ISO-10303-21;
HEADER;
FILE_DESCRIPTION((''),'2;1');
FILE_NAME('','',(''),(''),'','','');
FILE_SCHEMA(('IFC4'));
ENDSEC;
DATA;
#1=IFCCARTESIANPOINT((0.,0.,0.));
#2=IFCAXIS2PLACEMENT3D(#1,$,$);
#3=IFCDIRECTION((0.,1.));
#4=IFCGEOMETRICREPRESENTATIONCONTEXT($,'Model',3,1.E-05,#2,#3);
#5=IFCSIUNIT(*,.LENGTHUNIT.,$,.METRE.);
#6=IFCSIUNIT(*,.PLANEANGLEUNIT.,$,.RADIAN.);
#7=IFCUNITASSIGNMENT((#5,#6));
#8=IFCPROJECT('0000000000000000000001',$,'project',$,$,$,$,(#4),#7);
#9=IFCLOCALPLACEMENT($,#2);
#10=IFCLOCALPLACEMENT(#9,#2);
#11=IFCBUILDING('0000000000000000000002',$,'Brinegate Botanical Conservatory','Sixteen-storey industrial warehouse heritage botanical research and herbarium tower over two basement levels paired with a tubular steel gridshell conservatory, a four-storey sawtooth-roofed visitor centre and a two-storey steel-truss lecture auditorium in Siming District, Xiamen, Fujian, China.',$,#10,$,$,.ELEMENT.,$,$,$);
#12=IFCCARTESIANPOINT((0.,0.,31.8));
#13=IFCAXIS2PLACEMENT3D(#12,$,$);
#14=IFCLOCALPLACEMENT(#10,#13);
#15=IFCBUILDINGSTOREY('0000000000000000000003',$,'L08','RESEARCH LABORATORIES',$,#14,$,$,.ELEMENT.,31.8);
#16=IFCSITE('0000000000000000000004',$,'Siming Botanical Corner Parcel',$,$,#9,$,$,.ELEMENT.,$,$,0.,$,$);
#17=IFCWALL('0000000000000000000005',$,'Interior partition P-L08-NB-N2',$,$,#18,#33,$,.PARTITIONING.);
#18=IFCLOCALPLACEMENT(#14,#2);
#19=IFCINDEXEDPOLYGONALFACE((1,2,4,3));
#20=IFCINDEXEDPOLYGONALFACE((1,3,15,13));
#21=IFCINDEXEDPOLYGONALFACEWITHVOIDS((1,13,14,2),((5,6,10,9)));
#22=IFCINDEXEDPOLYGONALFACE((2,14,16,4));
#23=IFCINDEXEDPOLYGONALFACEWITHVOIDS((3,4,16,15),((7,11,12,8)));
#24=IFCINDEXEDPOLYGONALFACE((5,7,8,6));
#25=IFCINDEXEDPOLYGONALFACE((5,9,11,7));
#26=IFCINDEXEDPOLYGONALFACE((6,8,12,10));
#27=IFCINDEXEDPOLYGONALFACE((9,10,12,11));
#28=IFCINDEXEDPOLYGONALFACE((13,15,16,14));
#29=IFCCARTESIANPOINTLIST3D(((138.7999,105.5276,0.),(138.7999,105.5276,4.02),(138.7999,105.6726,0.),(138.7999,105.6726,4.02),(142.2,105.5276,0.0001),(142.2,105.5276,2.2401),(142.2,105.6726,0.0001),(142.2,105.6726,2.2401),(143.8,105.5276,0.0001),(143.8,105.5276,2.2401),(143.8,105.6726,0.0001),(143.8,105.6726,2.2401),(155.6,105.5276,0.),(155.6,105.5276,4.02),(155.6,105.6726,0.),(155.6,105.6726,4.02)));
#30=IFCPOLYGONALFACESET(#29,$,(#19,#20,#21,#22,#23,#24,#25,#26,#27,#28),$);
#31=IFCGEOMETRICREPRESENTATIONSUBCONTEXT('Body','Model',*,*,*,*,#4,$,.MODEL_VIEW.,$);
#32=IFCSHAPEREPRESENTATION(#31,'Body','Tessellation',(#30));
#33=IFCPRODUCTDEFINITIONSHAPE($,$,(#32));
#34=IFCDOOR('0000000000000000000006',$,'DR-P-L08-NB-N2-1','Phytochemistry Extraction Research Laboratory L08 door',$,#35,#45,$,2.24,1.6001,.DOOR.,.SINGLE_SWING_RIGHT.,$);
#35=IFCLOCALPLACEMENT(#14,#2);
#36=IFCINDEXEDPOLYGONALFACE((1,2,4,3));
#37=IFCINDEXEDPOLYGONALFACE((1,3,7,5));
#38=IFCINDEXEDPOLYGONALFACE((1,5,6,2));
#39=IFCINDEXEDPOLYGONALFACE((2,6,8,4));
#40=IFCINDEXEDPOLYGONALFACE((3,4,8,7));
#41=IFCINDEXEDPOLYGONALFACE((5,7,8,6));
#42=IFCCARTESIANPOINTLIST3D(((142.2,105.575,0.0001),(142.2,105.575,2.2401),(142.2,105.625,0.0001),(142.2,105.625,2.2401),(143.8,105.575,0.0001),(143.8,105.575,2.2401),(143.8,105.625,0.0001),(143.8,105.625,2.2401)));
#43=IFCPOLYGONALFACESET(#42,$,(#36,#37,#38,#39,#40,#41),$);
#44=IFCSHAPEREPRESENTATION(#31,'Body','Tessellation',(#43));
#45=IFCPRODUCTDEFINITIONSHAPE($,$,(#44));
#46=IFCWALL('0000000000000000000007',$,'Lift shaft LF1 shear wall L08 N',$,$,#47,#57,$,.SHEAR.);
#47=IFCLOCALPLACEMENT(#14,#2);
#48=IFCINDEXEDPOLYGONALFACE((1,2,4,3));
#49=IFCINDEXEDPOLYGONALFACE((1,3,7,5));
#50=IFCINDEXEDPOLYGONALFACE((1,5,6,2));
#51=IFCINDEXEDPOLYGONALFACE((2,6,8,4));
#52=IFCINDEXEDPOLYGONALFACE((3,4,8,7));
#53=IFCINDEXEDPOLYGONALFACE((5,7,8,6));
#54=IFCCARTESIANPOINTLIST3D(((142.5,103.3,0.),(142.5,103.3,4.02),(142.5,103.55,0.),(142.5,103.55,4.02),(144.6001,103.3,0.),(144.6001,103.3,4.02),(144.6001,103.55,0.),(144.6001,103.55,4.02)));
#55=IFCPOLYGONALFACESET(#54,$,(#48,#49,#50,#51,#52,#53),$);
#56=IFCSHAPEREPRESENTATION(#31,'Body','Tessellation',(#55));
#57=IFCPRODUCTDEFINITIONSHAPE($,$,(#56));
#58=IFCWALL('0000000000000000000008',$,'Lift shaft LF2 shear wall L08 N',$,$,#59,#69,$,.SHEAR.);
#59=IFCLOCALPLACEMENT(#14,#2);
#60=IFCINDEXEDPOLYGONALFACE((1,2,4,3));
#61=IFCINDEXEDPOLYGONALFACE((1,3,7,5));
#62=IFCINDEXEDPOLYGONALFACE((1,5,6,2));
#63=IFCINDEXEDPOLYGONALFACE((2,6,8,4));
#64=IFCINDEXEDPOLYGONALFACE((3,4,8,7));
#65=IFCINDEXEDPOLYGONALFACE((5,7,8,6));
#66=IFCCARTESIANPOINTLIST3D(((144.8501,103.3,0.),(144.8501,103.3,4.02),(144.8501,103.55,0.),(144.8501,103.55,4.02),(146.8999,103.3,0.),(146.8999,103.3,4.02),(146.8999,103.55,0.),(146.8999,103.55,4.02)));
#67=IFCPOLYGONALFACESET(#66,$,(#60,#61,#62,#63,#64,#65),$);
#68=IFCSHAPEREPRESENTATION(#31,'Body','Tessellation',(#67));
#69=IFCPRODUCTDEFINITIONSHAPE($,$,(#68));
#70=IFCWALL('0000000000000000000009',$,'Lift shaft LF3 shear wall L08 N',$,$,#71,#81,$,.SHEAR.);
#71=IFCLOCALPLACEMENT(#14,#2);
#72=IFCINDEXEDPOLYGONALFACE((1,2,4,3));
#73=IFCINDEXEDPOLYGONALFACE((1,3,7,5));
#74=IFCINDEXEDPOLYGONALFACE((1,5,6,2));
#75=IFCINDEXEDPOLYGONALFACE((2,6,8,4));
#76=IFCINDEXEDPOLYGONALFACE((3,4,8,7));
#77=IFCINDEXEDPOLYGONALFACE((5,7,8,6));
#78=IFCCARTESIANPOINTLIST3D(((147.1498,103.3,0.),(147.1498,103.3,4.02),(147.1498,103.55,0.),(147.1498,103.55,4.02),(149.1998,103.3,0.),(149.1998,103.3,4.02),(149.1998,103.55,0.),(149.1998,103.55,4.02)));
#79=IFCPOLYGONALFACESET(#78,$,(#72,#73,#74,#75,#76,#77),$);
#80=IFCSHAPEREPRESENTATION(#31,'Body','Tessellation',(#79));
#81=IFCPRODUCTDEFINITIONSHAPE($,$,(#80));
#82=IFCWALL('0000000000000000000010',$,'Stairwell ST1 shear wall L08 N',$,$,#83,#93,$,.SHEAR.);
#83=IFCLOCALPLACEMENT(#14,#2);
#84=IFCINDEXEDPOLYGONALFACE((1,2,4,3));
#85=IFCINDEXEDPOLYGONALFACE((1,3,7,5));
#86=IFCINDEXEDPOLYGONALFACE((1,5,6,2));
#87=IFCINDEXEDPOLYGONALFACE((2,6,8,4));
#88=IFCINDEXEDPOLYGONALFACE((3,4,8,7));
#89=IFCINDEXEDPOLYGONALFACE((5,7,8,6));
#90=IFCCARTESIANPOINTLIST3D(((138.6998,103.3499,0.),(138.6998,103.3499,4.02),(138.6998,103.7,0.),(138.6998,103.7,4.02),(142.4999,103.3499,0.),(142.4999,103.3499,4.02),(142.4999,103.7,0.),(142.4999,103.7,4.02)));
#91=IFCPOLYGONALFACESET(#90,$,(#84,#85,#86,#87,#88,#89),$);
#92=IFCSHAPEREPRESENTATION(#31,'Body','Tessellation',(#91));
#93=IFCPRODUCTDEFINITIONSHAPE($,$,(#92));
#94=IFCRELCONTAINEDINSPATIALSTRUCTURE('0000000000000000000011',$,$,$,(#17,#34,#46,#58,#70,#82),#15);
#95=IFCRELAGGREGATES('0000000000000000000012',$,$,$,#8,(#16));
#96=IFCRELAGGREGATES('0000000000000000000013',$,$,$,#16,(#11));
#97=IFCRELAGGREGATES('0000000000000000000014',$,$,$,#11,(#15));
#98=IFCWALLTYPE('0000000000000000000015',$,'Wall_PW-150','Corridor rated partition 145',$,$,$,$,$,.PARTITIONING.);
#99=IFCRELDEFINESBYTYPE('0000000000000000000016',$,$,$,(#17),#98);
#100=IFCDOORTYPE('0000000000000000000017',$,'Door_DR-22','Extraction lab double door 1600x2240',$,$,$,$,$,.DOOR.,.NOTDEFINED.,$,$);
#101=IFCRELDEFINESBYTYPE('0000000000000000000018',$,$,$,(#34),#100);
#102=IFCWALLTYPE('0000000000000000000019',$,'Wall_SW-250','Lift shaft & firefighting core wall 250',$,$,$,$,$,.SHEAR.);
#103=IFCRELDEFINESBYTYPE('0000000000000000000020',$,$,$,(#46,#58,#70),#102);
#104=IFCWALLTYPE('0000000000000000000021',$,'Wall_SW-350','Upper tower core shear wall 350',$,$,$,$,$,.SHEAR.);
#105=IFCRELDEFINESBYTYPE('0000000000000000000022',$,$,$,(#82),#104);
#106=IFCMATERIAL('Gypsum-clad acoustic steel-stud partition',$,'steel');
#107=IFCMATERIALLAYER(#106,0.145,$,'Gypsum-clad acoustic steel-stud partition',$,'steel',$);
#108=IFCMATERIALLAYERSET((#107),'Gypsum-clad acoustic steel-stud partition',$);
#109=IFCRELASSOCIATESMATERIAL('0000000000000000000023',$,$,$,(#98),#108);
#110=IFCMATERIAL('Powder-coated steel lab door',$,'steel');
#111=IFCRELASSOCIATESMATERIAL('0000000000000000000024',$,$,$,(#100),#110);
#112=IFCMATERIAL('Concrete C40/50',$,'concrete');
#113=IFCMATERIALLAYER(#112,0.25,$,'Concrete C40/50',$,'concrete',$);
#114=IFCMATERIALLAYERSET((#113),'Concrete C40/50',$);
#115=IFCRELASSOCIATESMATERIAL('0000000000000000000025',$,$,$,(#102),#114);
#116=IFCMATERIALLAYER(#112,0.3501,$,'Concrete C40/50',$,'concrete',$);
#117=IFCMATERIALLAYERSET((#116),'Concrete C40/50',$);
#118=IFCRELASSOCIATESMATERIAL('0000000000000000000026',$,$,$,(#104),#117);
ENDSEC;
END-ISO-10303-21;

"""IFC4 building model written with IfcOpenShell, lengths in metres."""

from ifc_helpers import new_model, si_unit, direction, frame, frame_2d, origin, place, context, subcontext, project, spatial, rectangle, extrude, material, layer, layer_set, type_object, element, fill, save


model = new_model("IFC4")

# Units and contexts
model_context = context("Model", 3, precision=1e-05, world=origin(), true_north=direction((0.0, 1.0)))
body_context = subcontext(model_context, "Body", "Model", "MODEL_VIEW")
ifc_project = project(units=[si_unit("LENGTHUNIT", "METRE"), si_unit("PLANEANGLEUNIT", "RADIAN")], contexts=[model_context])

# Site, building, storey
site_placement = place(None, origin())
site = spatial("IfcSite", under=ifc_project, at=site_placement, Name="Siming Botanical Corner Parcel", CompositionType="ELEMENT", RefElevation=0.0)
building_placement = place(site_placement, origin())
building = spatial("IfcBuilding", under=site, at=building_placement, Name="Brinegate Botanical Conservatory", Description="Sixteen-storey industrial warehouse heritage botanical research and herbarium tower over two basement levels paired with a tubular steel gridshell conservatory, a four-storey sawtooth-roofed visitor centre and a two-storey steel-truss lecture auditorium in Siming District, Xiamen, Fujian, China.", CompositionType="ELEMENT")
storey_placement = place(building_placement, frame((0.0, 0.0, 31.8)))
storey = spatial("IfcBuildingStorey", under=building, at=storey_placement, Name="L08", Description="RESEARCH LABORATORIES", CompositionType="ELEMENT", Elevation=31.8)

# Shared definitions
ifc_material_1 = material(Name="Concrete C40/50", Category="concrete")

# Wall, opening, door
ifc_material_2 = material(Name="Gypsum-clad acoustic steel-stud partition", Category="steel")
ifc_layer_1 = layer(ifc_material_2, 0.145, Name="Gypsum-clad acoustic steel-stud partition", Category="steel")
ifc_layer_set_1 = layer_set([ifc_layer_1], Name="Gypsum-clad acoustic steel-stud partition")
wall_type_1 = type_object("IfcWallType", Name="Wall_PW-150", Description="Corridor rated partition 145", PredefinedType="PARTITIONING", material=ifc_layer_set_1)
wall_1_placement = place(storey_placement, frame((138.8, 105.6001, 0.0), z_axis=(0.0, 0.0, 1.0), x_axis=(1.0, 0.0, 0.0)))
wall_1 = element("IfcWall", 1, at=wall_1_placement, inside=storey, type_object=wall_type_1, Name="Interior partition P-L08-NB-N2", PredefinedType="PARTITIONING", context=body_context, shape_type="SweptSolid", body=[
    extrude(rectangle(XDim=16.8, YDim=0.145, at=frame_2d((8.3999, 0.0))), origin(), (0.0, 0.0, 1.0), 4.02),
])
opening_1_placement = place(wall_1_placement, frame((3.3999, 0.0, 0.0)))
opening_1 = element("IfcOpeningElement", 2, at=opening_1_placement, cuts=wall_1, PredefinedType="OPENING", context=body_context, shape_type="SweptSolid", body=[
    extrude(rectangle(XDim=1.6001, YDim=2.24, at=frame_2d((0.8, 1.1201))), frame((0.0, 0.0825, 0.0), z_axis=(0.0, -1.0, 0.0), x_axis=(1.0, 0.0, 0.0)), (0.0, 0.0, 1.0), 0.165),
])
ifc_material_3 = material(Name="Powder-coated steel lab door", Category="steel")
door_type_1 = type_object("IfcDoorType", Name="Door_DR-22", Description="Extraction lab double door 1600x2240", OperationType="NOTDEFINED", PredefinedType="DOOR", material=ifc_material_3)
door_1_placement = place(opening_1_placement, origin())
door_1 = element("IfcDoor", 3, at=door_1_placement, inside=storey, type_object=door_type_1, Name="DR-P-L08-NB-N2-1", Description="Phytochemistry Extraction Research Laboratory L08 door", OperationType="SINGLE_SWING_RIGHT", OverallHeight=2.24, OverallWidth=1.6001, PredefinedType="DOOR", context=body_context, shape_type="SweptSolid", body=[
    extrude(rectangle(XDim=1.6001, YDim=2.24, at=frame_2d((0.8, 1.1201))), frame((0.0, 0.0249, 0.0), z_axis=(0.0, -1.0, 0.0), x_axis=(1.0, 0.0, 0.0)), (0.0, 0.0, 1.0), 0.05),
])
fill(opening_1, door_1)

# Walls
ifc_layer_2 = layer(ifc_material_1, 0.25, Name="Concrete C40/50", Category="concrete")
ifc_layer_set_2 = layer_set([ifc_layer_2], Name="Concrete C40/50")
wall_type_2 = type_object("IfcWallType", Name="Wall_SW-250", Description="Lift shaft & firefighting core wall 250", PredefinedType="SHEAR", material=ifc_layer_set_2)
wall_2_placement = place(storey_placement, frame((142.5, 103.425, 0.0), z_axis=(0.0, 0.0, 1.0), x_axis=(1.0, 0.0, 0.0)))
element("IfcWall", 4, at=wall_2_placement, inside=storey, type_object=wall_type_2, Name="Lift shaft LF1 shear wall L08 N", PredefinedType="SHEAR", context=body_context, shape_type="SweptSolid", body=[
    extrude(rectangle(XDim=2.1001, YDim=0.25, at=frame_2d((1.05, 0.0))), origin(), (0.0, 0.0, 1.0), 4.02),
])
wall_3_placement = place(storey_placement, frame((144.8501, 103.425, 0.0), z_axis=(0.0, 0.0, 1.0), x_axis=(1.0, 0.0, 0.0)))
element("IfcWall", 5, at=wall_3_placement, inside=storey, type_object=wall_type_2, Name="Lift shaft LF2 shear wall L08 N", PredefinedType="SHEAR", context=body_context, shape_type="SweptSolid", body=[
    extrude(rectangle(XDim=2.0498, YDim=0.25, at=frame_2d((1.0249, 0.0))), origin(), (0.0, 0.0, 1.0), 4.02),
])

# Walls
wall_4_placement = place(storey_placement, frame((147.1499, 103.425, 0.0), z_axis=(0.0, 0.0, 1.0), x_axis=(1.0, 0.0, 0.0)))
element("IfcWall", 6, at=wall_4_placement, inside=storey, type_object=wall_type_2, Name="Lift shaft LF3 shear wall L08 N", PredefinedType="SHEAR", context=body_context, shape_type="SweptSolid", body=[
    extrude(rectangle(XDim=2.05, YDim=0.25, at=frame_2d((1.0249, 0.0))), origin(), (0.0, 0.0, 1.0), 4.02),
])
ifc_layer_3 = layer(ifc_material_1, 0.3501, Name="Concrete C40/50", Category="concrete")
ifc_layer_set_3 = layer_set([ifc_layer_3], Name="Concrete C40/50")
wall_type_3 = type_object("IfcWallType", Name="Wall_SW-350", Description="Upper tower core shear wall 350", PredefinedType="SHEAR", material=ifc_layer_set_3)
wall_5_placement = place(storey_placement, frame((138.7, 103.5249, 0.0), z_axis=(0.0, 0.0, 1.0), x_axis=(1.0, 0.0, 0.0)))
element("IfcWall", 7, at=wall_5_placement, inside=storey, type_object=wall_type_3, Name="Stairwell ST1 shear wall L08 N", PredefinedType="SHEAR", context=body_context, shape_type="SweptSolid", body=[
    extrude(rectangle(XDim=3.8, YDim=0.3501, at=frame_2d((1.8999, 0.0))), origin(), (0.0, 0.0, 1.0), 4.02),
])

save(model, "model.ifc")
